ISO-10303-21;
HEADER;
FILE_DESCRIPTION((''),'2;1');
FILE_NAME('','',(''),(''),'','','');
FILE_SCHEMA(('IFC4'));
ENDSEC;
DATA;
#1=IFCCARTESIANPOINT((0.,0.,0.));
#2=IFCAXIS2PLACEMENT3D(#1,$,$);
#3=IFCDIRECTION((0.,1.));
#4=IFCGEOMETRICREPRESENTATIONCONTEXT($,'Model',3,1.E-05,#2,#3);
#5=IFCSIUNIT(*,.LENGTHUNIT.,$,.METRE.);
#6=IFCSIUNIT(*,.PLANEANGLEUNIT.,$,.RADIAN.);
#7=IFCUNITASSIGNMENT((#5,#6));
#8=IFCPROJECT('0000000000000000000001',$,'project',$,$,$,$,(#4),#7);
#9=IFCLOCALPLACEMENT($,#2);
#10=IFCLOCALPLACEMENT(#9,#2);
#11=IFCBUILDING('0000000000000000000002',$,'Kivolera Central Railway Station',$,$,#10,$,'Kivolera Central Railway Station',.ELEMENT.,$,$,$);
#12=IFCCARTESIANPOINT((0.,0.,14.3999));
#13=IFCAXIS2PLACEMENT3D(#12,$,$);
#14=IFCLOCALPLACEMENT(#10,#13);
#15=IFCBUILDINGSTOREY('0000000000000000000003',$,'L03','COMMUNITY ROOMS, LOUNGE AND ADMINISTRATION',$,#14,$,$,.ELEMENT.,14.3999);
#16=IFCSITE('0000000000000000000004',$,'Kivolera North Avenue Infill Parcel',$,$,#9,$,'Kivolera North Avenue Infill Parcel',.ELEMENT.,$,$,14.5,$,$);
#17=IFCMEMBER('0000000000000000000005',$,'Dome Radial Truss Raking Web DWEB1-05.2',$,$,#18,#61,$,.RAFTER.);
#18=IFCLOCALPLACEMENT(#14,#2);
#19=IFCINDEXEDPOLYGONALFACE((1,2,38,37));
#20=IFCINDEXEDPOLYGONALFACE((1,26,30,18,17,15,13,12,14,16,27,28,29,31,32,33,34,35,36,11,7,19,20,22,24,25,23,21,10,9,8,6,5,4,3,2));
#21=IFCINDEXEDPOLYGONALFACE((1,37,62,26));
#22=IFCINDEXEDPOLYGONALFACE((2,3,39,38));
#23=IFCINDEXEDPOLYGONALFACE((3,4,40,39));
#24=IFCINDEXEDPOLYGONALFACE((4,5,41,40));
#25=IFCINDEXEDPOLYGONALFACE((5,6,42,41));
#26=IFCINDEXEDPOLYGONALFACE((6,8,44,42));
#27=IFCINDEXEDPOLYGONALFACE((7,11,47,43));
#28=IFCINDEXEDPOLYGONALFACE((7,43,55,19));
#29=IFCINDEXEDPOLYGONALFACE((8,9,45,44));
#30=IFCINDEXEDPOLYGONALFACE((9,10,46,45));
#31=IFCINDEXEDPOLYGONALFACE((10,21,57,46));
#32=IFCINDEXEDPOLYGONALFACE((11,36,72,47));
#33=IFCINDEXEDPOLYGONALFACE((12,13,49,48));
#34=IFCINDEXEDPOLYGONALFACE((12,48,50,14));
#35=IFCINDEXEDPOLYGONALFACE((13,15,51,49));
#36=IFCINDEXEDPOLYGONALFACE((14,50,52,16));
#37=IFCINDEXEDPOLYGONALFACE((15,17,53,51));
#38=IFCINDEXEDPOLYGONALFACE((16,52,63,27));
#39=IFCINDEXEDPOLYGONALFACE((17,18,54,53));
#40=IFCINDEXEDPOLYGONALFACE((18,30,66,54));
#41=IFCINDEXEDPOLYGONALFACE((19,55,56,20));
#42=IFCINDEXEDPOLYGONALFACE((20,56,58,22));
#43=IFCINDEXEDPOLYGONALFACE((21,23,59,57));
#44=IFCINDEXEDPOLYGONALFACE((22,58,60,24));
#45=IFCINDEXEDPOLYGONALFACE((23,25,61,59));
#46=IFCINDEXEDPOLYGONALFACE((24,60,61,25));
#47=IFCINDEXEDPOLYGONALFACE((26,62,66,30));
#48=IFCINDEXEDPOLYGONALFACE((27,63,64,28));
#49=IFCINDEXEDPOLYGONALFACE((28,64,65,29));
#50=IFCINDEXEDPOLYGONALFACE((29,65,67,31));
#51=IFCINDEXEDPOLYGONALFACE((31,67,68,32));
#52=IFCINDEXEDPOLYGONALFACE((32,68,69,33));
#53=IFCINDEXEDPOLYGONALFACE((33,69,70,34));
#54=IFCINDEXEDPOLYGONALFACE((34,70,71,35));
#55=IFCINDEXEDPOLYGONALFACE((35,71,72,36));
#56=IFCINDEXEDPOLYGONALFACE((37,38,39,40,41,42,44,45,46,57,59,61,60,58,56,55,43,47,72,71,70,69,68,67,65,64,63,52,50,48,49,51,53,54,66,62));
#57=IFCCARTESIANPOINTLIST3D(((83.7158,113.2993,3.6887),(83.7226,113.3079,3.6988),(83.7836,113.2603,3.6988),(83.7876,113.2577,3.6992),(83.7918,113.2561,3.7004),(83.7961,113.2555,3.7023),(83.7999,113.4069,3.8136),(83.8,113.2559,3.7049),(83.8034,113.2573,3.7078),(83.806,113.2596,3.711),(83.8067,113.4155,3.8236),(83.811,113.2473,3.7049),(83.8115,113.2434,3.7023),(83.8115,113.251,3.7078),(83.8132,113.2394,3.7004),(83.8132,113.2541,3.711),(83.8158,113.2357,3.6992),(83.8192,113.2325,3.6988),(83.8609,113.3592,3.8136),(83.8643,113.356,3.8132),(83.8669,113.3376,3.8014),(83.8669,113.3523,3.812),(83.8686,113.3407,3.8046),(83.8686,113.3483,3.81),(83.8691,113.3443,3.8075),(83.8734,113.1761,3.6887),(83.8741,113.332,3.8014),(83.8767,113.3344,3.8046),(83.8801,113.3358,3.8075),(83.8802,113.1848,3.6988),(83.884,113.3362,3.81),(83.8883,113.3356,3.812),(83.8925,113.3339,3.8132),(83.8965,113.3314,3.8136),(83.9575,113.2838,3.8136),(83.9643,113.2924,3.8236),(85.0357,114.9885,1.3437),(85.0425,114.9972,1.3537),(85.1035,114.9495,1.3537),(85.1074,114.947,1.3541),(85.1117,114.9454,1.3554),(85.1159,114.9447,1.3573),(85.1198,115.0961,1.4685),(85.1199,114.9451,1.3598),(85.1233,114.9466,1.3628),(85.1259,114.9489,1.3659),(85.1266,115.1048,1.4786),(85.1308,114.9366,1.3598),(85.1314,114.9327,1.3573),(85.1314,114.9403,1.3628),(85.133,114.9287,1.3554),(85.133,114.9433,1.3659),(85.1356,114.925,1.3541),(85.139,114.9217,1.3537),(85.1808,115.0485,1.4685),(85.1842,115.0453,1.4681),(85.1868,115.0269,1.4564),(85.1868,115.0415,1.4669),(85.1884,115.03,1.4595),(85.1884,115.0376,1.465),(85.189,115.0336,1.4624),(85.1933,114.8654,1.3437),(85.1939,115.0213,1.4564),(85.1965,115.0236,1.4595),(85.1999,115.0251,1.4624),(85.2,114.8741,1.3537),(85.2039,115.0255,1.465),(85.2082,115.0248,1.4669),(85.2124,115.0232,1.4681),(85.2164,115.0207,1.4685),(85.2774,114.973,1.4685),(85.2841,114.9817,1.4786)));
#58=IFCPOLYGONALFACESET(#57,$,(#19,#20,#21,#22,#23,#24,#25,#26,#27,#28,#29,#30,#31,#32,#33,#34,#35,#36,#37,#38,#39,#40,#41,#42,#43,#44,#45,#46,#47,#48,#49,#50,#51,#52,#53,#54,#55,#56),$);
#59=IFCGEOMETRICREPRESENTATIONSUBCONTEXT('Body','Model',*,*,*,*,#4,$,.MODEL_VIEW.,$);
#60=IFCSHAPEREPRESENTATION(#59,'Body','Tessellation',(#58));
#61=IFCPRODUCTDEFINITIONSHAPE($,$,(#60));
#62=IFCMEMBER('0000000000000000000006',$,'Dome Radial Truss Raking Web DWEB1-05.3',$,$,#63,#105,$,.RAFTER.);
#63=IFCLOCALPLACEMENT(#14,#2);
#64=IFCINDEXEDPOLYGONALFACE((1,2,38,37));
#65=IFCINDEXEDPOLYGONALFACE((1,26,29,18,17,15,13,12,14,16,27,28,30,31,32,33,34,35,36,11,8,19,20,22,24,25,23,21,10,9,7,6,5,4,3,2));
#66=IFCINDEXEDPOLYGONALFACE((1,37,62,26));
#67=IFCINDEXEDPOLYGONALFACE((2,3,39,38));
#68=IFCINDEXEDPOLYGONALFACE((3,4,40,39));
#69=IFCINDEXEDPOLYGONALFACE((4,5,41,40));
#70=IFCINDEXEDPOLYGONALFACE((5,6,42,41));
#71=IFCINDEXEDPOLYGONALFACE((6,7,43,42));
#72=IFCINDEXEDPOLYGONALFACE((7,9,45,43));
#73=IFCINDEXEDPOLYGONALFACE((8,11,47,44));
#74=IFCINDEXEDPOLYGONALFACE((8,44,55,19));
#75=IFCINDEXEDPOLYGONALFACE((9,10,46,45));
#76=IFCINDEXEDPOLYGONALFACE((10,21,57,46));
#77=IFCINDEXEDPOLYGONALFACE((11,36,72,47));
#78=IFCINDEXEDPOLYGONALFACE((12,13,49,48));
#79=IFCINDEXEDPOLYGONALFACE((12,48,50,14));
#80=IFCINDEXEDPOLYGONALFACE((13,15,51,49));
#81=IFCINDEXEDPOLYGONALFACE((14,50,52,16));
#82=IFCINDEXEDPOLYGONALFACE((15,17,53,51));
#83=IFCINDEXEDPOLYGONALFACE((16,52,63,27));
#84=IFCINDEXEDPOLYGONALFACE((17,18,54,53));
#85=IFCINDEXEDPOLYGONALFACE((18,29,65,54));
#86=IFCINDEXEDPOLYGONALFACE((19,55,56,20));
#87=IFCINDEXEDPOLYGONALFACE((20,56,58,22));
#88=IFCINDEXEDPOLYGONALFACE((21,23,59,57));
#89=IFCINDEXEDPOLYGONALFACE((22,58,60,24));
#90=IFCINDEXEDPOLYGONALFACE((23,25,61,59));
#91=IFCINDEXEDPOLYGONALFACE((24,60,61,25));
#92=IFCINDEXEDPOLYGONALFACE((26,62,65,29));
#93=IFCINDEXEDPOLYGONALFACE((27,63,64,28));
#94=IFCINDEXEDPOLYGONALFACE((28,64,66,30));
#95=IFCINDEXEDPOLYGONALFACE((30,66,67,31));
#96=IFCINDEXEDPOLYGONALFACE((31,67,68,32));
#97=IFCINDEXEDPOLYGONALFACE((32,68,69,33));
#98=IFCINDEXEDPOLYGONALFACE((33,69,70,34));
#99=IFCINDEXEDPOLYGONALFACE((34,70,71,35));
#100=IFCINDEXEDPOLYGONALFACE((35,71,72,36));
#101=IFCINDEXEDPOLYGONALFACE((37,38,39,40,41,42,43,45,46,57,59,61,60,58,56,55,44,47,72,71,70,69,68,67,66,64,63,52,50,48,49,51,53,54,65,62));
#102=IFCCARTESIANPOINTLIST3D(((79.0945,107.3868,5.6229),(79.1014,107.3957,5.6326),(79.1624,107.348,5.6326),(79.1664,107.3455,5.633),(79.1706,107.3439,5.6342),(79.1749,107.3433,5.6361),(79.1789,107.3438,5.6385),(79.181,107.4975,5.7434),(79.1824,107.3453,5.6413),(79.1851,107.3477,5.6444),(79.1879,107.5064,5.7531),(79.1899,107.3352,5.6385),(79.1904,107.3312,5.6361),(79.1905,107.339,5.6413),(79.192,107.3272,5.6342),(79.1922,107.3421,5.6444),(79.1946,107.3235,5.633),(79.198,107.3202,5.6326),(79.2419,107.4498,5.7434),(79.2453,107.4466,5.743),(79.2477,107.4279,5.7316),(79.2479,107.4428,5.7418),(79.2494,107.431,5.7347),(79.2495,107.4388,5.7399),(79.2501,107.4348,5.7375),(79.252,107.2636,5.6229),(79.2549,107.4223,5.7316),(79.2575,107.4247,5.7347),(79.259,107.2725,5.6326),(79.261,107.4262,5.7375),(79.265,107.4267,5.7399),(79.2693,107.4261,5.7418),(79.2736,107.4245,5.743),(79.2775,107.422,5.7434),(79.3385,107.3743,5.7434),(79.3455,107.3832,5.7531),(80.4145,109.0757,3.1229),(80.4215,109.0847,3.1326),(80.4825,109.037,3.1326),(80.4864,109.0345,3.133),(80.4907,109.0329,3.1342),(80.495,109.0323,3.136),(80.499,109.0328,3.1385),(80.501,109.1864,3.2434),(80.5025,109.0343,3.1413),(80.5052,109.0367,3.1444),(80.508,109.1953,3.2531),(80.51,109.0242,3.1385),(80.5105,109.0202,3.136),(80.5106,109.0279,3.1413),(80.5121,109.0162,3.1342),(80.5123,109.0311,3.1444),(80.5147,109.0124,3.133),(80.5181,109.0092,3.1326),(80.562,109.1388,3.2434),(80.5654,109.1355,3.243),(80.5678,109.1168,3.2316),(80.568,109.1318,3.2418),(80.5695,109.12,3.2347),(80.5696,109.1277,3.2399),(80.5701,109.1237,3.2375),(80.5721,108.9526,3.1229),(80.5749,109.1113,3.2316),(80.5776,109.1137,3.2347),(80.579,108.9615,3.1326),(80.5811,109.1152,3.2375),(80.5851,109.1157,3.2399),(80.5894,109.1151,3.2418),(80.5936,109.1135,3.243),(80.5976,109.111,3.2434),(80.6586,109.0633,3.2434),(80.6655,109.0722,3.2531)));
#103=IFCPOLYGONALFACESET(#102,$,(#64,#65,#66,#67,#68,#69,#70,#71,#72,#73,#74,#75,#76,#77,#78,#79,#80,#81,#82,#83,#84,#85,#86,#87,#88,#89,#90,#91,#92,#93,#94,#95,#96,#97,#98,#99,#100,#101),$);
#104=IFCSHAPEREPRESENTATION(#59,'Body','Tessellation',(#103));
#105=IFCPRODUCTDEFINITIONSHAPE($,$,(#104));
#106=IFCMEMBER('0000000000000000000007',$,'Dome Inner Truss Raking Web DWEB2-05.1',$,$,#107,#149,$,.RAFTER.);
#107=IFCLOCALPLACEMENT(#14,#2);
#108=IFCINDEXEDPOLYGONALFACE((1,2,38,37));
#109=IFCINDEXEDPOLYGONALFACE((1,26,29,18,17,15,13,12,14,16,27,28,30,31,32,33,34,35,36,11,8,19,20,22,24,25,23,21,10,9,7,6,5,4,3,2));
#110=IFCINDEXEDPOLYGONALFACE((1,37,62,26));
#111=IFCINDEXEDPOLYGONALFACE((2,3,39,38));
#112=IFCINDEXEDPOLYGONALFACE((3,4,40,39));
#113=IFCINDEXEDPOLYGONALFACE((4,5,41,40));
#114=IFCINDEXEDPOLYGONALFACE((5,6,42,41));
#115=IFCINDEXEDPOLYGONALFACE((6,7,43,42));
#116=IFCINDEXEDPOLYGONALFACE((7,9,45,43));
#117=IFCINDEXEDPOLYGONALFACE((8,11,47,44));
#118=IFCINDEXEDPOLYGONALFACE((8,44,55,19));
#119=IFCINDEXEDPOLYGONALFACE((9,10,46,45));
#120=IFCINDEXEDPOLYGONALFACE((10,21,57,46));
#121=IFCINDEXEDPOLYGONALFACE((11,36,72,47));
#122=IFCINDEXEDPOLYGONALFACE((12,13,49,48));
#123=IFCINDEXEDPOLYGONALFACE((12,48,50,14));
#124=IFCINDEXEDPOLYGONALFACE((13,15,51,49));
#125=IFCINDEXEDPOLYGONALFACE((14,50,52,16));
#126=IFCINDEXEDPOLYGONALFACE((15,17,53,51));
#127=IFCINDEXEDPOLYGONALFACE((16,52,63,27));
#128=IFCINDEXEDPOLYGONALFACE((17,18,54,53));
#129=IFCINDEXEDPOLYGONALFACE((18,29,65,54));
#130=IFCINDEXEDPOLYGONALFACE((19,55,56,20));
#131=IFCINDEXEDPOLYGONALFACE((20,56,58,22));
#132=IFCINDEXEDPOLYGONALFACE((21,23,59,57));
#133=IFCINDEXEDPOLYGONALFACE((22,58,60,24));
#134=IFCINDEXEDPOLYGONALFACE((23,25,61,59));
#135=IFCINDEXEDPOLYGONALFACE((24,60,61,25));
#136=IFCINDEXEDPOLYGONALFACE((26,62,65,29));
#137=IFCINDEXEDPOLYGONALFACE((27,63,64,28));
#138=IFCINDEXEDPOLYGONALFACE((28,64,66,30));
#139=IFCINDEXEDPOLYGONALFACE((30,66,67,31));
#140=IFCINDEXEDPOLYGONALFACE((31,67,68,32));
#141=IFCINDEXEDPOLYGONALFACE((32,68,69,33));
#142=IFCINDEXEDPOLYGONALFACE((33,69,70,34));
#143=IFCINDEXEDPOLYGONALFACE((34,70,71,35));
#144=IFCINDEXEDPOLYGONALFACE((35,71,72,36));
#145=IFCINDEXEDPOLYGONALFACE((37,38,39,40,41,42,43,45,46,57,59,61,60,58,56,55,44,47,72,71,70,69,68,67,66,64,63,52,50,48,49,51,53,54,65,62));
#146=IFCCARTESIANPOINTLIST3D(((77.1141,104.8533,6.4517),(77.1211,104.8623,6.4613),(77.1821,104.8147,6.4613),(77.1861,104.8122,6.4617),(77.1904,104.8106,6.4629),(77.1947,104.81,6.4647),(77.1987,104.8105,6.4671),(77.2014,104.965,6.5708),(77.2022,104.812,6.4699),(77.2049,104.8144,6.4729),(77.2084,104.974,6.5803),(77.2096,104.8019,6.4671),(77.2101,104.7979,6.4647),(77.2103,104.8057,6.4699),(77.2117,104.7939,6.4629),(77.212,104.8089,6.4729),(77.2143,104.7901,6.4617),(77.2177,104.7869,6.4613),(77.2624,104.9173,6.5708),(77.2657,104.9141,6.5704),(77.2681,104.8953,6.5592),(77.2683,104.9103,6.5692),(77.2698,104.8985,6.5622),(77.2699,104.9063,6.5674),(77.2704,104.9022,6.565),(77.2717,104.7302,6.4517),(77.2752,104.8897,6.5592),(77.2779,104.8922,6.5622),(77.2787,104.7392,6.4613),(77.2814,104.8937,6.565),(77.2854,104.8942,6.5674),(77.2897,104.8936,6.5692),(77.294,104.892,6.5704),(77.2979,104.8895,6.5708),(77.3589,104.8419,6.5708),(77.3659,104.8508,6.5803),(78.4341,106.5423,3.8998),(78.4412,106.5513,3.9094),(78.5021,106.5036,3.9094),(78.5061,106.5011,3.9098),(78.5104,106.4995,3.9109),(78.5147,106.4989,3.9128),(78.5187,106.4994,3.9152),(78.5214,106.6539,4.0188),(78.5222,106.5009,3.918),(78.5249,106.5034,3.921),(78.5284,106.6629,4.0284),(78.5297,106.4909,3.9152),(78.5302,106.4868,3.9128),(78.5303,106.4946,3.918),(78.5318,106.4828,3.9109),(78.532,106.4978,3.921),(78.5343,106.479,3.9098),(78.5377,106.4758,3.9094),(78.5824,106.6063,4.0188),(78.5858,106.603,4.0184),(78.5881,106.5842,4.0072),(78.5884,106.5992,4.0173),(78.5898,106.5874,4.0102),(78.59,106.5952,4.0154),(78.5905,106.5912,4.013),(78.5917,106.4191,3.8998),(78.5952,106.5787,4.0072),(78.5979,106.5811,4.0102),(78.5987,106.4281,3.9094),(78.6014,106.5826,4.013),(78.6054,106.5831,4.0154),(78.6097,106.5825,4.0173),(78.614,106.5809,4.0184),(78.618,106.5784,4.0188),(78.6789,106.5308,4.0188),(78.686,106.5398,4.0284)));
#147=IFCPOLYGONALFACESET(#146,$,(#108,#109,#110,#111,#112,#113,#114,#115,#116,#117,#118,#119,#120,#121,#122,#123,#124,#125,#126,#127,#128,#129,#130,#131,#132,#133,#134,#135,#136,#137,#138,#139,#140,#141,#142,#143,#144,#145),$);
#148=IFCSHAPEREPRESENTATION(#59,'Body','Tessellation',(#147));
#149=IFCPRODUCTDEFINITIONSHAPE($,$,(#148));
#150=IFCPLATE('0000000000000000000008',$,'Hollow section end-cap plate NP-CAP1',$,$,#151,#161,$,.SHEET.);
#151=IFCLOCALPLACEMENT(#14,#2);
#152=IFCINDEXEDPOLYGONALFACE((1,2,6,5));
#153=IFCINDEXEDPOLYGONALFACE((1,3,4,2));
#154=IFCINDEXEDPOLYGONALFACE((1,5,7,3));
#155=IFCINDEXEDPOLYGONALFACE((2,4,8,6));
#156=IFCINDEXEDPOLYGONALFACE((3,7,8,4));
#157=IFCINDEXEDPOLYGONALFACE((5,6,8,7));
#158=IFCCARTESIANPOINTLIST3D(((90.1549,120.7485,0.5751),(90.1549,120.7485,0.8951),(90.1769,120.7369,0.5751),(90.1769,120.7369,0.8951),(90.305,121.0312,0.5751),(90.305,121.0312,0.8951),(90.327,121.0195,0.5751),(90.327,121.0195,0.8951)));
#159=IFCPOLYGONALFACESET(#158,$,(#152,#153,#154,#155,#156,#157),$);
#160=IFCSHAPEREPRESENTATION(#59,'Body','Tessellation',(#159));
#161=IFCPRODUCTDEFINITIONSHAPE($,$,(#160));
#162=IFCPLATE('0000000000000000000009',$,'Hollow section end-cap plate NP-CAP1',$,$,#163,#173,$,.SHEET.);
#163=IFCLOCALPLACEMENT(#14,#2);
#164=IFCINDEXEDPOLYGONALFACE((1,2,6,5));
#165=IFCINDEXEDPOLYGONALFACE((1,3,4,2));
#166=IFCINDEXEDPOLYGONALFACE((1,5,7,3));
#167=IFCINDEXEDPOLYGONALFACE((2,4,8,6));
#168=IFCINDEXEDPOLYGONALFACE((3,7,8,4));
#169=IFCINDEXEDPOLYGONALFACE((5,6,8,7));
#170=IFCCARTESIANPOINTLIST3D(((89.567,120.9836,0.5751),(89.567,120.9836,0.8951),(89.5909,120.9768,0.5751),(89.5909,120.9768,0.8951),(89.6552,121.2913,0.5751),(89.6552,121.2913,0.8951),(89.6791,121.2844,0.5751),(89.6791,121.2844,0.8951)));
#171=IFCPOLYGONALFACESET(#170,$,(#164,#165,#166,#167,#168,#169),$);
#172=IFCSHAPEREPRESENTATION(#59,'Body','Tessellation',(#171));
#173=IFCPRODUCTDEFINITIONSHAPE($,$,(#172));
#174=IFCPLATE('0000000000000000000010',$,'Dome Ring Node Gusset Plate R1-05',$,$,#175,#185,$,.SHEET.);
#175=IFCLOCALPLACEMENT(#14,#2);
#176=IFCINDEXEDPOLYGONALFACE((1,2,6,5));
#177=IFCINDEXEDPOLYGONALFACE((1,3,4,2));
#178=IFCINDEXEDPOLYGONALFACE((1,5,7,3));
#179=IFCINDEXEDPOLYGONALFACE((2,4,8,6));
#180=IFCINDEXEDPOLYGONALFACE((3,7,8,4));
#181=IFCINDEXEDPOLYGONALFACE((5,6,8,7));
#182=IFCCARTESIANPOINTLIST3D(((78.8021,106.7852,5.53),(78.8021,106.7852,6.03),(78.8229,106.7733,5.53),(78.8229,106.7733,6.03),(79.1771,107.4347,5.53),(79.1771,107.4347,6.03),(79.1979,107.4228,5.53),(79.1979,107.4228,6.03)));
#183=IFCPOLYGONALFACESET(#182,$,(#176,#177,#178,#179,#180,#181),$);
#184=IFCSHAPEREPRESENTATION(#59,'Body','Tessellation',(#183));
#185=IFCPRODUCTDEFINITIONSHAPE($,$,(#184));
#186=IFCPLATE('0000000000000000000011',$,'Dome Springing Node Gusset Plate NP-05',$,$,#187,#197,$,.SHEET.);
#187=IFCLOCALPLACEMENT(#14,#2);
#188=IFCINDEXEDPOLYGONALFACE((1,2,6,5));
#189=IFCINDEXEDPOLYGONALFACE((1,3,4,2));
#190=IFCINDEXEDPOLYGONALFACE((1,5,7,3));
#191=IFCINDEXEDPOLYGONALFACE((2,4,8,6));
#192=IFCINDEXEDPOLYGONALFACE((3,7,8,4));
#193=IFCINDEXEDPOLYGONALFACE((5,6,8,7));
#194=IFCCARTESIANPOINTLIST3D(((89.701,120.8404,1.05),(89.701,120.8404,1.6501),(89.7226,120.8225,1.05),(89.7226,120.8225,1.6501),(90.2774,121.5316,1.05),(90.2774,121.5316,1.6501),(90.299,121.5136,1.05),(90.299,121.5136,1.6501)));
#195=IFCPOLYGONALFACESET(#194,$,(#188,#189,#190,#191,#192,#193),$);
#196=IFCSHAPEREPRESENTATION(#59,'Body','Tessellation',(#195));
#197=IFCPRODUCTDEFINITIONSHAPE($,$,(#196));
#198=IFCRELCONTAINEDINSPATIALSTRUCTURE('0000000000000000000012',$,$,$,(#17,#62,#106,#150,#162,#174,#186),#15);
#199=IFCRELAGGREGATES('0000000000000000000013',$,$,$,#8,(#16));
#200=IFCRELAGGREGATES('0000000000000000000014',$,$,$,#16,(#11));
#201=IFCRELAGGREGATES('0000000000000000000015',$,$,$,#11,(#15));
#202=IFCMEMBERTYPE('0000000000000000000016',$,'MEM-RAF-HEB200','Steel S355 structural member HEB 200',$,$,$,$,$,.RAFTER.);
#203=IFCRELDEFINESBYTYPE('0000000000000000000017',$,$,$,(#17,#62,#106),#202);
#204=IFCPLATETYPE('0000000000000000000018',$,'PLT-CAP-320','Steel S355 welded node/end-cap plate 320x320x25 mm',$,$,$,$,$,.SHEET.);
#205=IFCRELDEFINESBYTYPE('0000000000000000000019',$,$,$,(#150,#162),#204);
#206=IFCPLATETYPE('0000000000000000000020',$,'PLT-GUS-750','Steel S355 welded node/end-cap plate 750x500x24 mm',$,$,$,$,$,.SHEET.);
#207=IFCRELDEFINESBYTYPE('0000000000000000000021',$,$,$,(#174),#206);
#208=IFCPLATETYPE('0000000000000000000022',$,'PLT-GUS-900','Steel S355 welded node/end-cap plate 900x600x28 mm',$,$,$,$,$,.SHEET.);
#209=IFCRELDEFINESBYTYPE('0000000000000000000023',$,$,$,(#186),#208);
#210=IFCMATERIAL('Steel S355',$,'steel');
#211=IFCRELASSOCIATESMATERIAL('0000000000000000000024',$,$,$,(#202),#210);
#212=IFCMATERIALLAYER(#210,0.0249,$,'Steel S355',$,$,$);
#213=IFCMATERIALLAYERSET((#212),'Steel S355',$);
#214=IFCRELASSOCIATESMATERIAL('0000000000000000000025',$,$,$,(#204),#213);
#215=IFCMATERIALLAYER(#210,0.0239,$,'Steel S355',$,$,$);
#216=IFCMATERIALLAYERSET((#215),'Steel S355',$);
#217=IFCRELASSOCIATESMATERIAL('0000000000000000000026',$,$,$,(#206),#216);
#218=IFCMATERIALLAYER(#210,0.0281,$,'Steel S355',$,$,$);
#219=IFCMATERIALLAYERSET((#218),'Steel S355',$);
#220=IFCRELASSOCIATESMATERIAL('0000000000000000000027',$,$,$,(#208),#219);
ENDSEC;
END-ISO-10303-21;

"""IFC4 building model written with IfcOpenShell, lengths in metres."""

from ifc_helpers import new_model, si_unit, direction, frame, origin, origin_2d, place, context, subcontext, project, spatial, rectangle, i_section, extrude, material, layer, layer_set, material_profile, profile_set, type_object, element, save


model = new_model("IFC4")

# Units and contexts
model_context = context("Model", 3, precision=1e-05, world=origin(), true_north=direction((0.0, 1.0)))
body_context = subcontext(model_context, "Body", "Model", "MODEL_VIEW")
ifc_project = project(units=[si_unit("LENGTHUNIT", "METRE"), si_unit("PLANEANGLEUNIT", "RADIAN")], contexts=[model_context])

# Site, building, storey
site_placement = place(None, origin())
site = spatial("IfcSite", under=ifc_project, at=site_placement, Name="Kivolera North Avenue Infill Parcel", LongName="Kivolera North Avenue Infill Parcel", CompositionType="ELEMENT", RefElevation=14.5)
building_placement = place(site_placement, origin())
building = spatial("IfcBuilding", under=site, at=building_placement, Name="Kivolera Central Railway Station", LongName="Kivolera Central Railway Station", CompositionType="ELEMENT")
storey_placement = place(building_placement, frame((0.0, 0.0, 14.3999)))
storey = spatial("IfcBuildingStorey", under=building, at=storey_placement, Name="L03", Description="COMMUNITY ROOMS, LOUNGE AND ADMINISTRATION", CompositionType="ELEMENT", Elevation=14.3999)

# Shared definitions
ifc_material_1 = material(Name="Steel S355", Category="steel")

# Members
ifc_material_profile_1 = material_profile(ifc_material_1, i_section(OverallWidth=0.2, OverallDepth=0.2, WebThickness=0.009, FlangeThickness=0.0149, FilletRadius=0.0181, at=origin_2d()), Name="HEB 200")
ifc_profile_set_1 = profile_set([ifc_material_profile_1], Name="Steel S355")
member_type_1 = type_object("IfcMemberType", Name="MEM-RAF-HEB200", Description="Steel S355 structural member HEB 200", PredefinedType="RAFTER", material=ifc_profile_set_1)
member_1_placement = place(storey_placement, frame((85.1599, 114.9851, 1.4111), z_axis=(-0.415412, -0.531675, 0.738075), x_axis=(0.787995, -0.615682, 0.0)))
element("IfcMember", 1, at=member_1_placement, inside=storey, type_object=member_type_1, Name="Dome Radial Truss Raking Web DWEB1-05.2", PredefinedType="RAFTER", context=body_context, shape_type="SweptSolid", body=[
    extrude(i_section(OverallWidth=0.2, OverallDepth=0.2, WebThickness=0.009, FlangeThickness=0.0149, FilletRadius=0.0181, at=origin_2d()), origin(), (0.0, 0.0, 1.0), 3.1772),
])
member_2_placement = place(storey_placement, frame((80.54, 109.074, 3.188), z_axis=(-0.400846, -0.512864, 0.759139), x_axis=(0.787897, -0.615808, 0.0)))
element("IfcMember", 2, at=member_2_placement, inside=storey, type_object=member_type_1, Name="Dome Radial Truss Raking Web DWEB1-05.3", PredefinedType="RAFTER", context=body_context, shape_type="SweptSolid", body=[
    extrude(i_section(OverallWidth=0.2, OverallDepth=0.2, WebThickness=0.009, FlangeThickness=0.0149, FilletRadius=0.0181, at=origin_2d()), origin(), (0.0, 0.0, 1.0), 3.2932),
])
member_3_placement = place(storey_placement, frame((78.5601, 106.541, 3.9641), z_axis=(-0.396078, -0.506763, 0.765711), x_axis=(0.787897, -0.615808, 0.0)))
element("IfcMember", 3, at=member_3_placement, inside=storey, type_object=member_type_1, Name="Dome Inner Truss Raking Web DWEB2-05.1", PredefinedType="RAFTER", context=body_context, shape_type="SweptSolid", body=[
    extrude(i_section(OverallWidth=0.2, OverallDepth=0.2, WebThickness=0.009, FlangeThickness=0.0149, FilletRadius=0.0181, at=origin_2d()), origin(), (0.0, 0.0, 1.0), 3.3328),
])

# Plates
ifc_layer_1 = layer(ifc_material_1, 0.0249, Name="Steel S355")
ifc_layer_set_1 = layer_set([ifc_layer_1], Name="Steel S355")
plate_type_1 = type_object("IfcPlateType", Name="PLT-CAP-320", Description="Steel S355 welded node/end-cap plate 320x320x25 mm", PredefinedType="SHEET", material=ifc_layer_set_1)
for number, where, z_axis, x_axis, name in (
    (4, (90.241, 120.884, 0.7351), (-0.883133, 0.469123, 0.0), (-0.469123, -0.883133, 0.0), "Hollow section end-cap plate NP-CAP1"),
    (5, (89.623, 121.134, 0.7351), (-0.961251, 0.275674, 0.0), (-0.275674, -0.961251, 0.0), "Hollow section end-cap plate NP-CAP1"),
):
    element("IfcPlate", number, at=place(storey_placement, frame(where, z_axis=z_axis, x_axis=x_axis)), inside=storey, type_object=plate_type_1, Name=name, PredefinedType="SHEET", context=body_context, shape_type="SweptSolid", body=[
        extrude(rectangle(XDim=0.3201, YDim=0.3201, at=origin_2d()), frame((0.0, 0.0, -0.0125)), (0.0, 0.0, 1.0), 0.0249),
    ])
ifc_layer_2 = layer(ifc_material_1, 0.0239, Name="Steel S355")
ifc_layer_set_2 = layer_set([ifc_layer_2], Name="Steel S355")
plate_type_2 = type_object("IfcPlateType", Name="PLT-GUS-750", Description="Steel S355 welded node/end-cap plate 750x500x24 mm", PredefinedType="SHEET", material=ifc_layer_set_2)
plate_1_placement = place(storey_placement, frame((79.0, 107.104, 5.53), z_axis=(0.0, 0.0, 1.0), x_axis=(0.5, 0.866025, 0.0)))
element("IfcPlate", 6, at=plate_1_placement, inside=storey, type_object=plate_type_2, Name="Dome Ring Node Gusset Plate R1-05", PredefinedType="SHEET", context=body_context, shape_type="SweptSolid", body=[
    extrude(rectangle(XDim=0.75, YDim=0.0239, at=origin_2d()), origin(), (0.0, 0.0, 1.0), 0.5),
])
ifc_layer_3 = layer(ifc_material_1, 0.0281, Name="Steel S355")
ifc_layer_set_3 = layer_set([ifc_layer_3], Name="Steel S355")
plate_type_3 = type_object("IfcPlateType", Name="PLT-GUS-900", Description="Steel S355 welded node/end-cap plate 900x600x28 mm", PredefinedType="SHEET", material=ifc_layer_set_3)
plate_2_placement = place(storey_placement, frame((90.0, 121.177, 1.05), z_axis=(0.0, 0.0, 1.0), x_axis=(0.640458, 0.767993, 0.0)))
element("IfcPlate", 7, at=plate_2_placement, inside=storey, type_object=plate_type_3, Name="Dome Springing Node Gusset Plate NP-05", PredefinedType="SHEET", context=body_context, shape_type="SweptSolid", body=[
    extrude(rectangle(XDim=0.8999, YDim=0.0281, at=origin_2d()), origin(), (0.0, 0.0, 1.0), 0.6001),
])

save(model, "model.ifc")
